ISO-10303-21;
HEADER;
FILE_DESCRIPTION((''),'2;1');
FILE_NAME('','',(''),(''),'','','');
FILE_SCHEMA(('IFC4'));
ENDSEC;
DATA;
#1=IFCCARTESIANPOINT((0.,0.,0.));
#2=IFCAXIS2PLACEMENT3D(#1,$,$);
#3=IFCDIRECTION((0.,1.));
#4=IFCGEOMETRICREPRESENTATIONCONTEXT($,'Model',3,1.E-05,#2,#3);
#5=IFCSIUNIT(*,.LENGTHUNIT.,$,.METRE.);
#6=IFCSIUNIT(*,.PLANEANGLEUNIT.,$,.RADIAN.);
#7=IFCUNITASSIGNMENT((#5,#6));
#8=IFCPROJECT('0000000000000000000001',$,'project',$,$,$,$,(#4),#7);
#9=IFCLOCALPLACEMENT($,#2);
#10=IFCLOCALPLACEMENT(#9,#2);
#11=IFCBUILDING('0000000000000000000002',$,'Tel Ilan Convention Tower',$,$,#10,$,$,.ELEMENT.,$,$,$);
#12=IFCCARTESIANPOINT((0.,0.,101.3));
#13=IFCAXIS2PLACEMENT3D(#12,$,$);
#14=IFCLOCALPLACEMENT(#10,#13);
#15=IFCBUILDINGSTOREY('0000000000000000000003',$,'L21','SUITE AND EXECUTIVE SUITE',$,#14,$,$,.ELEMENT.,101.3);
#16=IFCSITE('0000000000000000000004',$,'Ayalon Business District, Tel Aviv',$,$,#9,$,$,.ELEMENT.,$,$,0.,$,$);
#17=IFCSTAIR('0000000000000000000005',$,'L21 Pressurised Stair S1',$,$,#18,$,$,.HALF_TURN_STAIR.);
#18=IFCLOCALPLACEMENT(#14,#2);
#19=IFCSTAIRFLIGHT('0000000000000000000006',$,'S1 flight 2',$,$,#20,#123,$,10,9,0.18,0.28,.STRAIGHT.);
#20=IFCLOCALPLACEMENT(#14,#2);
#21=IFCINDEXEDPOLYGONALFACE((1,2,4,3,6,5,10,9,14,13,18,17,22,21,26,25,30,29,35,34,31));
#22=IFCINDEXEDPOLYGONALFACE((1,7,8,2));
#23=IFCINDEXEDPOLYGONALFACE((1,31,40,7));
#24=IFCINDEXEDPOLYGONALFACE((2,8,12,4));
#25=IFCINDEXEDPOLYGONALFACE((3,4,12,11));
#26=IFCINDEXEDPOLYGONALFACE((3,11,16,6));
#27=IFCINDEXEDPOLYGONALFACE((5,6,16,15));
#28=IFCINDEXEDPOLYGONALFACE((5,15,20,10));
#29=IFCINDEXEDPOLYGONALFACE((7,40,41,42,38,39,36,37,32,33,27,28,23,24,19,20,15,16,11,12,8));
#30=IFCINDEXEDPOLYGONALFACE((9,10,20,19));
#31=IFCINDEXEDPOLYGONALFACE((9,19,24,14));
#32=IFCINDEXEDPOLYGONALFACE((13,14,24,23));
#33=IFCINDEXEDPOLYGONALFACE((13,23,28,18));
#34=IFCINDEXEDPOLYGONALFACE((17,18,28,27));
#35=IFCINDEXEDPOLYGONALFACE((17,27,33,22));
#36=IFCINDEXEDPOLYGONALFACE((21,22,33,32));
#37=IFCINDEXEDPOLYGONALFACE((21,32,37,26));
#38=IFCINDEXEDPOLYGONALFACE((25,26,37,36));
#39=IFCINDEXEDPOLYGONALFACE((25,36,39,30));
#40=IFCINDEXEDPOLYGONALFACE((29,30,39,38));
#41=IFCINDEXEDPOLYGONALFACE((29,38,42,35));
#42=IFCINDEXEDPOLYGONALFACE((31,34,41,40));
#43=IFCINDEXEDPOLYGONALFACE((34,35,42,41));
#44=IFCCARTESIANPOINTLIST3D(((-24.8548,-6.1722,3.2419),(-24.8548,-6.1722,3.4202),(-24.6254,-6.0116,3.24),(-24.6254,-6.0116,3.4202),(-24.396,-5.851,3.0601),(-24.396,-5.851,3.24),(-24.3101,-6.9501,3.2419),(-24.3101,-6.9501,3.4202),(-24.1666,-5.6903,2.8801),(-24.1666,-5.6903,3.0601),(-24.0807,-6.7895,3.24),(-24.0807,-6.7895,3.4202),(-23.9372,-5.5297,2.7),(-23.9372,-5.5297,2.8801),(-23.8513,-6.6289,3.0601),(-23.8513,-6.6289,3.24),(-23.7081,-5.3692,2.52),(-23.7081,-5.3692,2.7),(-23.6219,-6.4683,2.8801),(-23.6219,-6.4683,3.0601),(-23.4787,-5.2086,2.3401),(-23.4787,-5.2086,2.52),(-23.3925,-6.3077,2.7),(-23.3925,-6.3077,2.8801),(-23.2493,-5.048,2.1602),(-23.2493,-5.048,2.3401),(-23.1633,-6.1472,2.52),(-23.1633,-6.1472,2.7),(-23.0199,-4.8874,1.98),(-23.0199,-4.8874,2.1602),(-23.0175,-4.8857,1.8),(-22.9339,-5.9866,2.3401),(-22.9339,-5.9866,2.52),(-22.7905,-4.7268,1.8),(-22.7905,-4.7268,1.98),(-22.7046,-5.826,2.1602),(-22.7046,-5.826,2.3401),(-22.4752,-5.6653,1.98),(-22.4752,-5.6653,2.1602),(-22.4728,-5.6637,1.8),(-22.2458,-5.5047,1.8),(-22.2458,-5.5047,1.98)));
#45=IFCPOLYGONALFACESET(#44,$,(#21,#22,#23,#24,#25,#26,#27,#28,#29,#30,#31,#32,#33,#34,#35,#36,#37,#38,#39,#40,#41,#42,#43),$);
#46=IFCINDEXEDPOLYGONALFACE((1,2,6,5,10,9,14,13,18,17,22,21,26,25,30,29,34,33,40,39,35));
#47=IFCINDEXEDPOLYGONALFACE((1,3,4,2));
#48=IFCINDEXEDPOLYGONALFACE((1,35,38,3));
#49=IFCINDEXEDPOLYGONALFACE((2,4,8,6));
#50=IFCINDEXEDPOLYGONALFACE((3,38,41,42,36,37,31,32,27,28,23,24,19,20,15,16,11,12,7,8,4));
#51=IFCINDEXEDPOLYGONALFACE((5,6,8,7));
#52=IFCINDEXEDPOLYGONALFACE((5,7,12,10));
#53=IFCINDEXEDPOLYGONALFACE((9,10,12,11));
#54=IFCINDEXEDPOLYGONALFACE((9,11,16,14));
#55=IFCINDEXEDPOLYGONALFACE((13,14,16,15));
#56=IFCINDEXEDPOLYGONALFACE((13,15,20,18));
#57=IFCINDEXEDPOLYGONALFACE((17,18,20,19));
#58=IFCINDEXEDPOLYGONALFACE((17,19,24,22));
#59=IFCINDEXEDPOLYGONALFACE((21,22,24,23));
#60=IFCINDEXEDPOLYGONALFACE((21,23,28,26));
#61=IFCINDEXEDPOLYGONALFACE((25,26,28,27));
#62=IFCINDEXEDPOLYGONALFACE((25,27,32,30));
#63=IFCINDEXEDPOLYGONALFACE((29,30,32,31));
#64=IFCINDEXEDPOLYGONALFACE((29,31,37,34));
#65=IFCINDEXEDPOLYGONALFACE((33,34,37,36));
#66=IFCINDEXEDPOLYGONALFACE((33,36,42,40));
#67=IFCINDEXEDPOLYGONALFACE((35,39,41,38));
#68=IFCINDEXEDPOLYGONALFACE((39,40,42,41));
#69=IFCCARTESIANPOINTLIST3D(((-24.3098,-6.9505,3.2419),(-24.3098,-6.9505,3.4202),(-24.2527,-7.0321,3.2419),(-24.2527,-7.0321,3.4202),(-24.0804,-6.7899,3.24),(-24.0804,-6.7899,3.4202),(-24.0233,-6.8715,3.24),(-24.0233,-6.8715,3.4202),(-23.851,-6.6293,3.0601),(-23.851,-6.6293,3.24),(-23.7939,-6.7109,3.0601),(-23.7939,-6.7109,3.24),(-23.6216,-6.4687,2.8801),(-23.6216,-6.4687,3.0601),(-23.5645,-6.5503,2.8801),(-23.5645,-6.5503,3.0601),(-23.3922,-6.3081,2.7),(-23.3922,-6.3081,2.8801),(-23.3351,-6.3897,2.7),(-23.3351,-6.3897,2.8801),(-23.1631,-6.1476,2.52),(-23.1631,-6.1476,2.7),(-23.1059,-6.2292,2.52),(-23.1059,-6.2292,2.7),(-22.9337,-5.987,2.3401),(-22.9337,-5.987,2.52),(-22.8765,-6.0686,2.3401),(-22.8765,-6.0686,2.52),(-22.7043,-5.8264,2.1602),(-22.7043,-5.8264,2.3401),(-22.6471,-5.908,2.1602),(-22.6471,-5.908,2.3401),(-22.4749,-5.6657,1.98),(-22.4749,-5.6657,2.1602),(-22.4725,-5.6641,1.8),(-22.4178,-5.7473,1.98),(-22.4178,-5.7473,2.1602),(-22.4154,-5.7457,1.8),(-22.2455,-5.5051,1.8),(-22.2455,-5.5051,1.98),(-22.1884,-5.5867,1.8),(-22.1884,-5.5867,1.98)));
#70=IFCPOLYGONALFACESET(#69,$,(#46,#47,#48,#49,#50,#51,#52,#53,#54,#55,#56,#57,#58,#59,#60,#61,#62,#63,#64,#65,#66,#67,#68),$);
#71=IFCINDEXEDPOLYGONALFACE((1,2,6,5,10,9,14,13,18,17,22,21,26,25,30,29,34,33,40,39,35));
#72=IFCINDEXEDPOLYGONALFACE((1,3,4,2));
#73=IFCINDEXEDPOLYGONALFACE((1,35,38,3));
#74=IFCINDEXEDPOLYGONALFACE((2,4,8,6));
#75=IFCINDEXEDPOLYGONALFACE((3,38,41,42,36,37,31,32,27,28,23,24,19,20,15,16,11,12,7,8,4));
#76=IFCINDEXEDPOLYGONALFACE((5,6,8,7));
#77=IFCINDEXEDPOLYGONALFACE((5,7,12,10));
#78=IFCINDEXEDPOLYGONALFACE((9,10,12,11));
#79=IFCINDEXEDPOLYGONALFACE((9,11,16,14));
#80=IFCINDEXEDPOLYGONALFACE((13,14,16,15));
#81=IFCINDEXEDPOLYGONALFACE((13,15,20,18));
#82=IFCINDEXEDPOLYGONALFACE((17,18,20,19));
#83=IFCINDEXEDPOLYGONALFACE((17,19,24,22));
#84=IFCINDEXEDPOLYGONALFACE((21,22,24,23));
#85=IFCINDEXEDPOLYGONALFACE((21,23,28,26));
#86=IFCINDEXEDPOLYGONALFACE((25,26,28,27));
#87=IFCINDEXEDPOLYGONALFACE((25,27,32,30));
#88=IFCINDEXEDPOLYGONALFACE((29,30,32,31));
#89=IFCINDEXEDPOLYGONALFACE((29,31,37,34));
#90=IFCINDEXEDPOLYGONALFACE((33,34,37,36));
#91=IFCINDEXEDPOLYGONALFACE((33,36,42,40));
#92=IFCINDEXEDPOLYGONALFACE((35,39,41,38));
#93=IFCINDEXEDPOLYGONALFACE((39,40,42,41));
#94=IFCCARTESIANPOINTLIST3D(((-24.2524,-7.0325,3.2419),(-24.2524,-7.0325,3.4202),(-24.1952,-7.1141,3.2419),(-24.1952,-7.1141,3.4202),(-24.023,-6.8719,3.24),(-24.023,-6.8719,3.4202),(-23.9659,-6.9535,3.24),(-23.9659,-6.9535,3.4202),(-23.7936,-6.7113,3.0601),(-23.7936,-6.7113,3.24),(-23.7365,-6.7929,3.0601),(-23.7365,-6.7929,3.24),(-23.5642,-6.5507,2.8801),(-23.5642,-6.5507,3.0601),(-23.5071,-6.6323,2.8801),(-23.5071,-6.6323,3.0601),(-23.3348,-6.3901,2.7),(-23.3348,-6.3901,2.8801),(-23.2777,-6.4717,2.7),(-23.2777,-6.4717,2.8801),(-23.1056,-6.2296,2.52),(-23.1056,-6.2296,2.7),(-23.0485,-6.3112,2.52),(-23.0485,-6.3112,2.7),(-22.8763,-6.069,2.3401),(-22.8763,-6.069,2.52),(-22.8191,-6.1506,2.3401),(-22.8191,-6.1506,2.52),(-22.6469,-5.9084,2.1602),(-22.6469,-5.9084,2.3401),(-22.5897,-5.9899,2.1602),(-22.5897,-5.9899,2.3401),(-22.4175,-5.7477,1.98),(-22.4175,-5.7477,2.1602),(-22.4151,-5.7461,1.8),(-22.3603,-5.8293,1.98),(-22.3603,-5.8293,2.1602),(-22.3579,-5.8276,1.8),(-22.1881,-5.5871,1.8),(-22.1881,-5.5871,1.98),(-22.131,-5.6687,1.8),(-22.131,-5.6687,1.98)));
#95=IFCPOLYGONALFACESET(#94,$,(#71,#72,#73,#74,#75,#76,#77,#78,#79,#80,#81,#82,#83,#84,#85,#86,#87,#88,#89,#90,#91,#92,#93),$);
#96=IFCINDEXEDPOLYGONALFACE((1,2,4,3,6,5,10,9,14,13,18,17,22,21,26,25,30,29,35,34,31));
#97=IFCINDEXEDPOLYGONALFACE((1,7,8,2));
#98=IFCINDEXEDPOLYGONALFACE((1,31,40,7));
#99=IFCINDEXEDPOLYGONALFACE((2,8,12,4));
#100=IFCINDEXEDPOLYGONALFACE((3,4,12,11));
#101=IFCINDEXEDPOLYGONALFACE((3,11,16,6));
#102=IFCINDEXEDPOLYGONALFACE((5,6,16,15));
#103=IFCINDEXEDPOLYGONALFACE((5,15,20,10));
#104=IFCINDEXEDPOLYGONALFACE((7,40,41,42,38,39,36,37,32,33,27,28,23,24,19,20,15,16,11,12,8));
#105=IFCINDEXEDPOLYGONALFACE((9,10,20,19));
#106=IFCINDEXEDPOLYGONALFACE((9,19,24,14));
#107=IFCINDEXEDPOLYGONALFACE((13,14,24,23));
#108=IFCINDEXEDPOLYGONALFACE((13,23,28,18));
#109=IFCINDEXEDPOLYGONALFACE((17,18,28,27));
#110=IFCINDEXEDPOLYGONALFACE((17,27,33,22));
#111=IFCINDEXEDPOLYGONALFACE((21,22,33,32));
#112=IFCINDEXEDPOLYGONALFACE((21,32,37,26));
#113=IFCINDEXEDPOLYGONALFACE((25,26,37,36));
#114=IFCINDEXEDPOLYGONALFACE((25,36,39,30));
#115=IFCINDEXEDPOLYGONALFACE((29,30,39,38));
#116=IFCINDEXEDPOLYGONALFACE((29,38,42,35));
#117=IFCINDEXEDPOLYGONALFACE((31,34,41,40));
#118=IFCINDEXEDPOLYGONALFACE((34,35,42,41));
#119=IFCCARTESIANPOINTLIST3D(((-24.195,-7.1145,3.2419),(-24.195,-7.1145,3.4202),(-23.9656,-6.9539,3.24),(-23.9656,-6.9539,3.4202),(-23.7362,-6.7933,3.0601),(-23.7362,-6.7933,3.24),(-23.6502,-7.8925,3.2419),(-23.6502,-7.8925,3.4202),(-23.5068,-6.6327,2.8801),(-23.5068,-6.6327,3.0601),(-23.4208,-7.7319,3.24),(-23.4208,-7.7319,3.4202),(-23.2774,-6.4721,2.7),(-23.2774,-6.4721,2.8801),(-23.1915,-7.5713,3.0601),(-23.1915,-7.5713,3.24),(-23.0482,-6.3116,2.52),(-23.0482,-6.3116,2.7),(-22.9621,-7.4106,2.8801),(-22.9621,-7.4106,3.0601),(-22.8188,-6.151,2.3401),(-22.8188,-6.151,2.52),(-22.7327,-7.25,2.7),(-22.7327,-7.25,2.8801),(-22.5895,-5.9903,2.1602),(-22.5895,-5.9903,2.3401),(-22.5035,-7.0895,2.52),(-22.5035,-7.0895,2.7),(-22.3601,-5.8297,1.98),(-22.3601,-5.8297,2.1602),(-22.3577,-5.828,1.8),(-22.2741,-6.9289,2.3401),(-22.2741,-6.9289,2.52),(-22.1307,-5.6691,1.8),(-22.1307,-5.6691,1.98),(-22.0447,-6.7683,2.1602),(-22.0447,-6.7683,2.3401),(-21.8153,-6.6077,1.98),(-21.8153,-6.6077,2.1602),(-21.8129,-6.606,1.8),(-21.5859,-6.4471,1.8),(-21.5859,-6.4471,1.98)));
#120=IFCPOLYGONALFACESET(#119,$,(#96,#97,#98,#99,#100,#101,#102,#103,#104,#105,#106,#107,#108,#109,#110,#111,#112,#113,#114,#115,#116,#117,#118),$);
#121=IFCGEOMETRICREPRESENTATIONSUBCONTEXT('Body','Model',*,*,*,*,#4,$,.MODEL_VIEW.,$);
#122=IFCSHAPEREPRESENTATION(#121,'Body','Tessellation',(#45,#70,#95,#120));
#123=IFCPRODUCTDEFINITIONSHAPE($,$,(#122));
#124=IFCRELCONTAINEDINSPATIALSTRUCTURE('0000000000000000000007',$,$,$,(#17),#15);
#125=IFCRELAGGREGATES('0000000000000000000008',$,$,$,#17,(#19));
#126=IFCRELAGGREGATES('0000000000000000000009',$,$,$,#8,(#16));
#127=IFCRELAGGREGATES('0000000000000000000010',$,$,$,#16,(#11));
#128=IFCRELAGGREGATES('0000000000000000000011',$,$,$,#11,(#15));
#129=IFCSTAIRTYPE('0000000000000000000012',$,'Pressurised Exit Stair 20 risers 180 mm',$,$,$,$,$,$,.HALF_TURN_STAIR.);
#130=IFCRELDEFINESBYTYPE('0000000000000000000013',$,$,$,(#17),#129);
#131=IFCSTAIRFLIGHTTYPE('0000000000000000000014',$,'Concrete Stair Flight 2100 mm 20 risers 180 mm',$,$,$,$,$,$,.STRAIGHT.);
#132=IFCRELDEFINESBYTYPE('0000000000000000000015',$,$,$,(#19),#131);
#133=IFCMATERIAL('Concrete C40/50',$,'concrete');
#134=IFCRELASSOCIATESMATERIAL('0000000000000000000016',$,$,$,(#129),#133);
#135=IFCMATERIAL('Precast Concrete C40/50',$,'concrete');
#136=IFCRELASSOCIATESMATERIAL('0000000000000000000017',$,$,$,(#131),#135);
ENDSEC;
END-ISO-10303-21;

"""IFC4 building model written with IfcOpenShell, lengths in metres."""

from ifc_helpers import new_model, si_unit, direction, frame, origin, place, context, subcontext, project, spatial, polyline, outline, extrude, material, type_object, element, aggregate, save


model = new_model("IFC4")

# Units and contexts
model_context = context("Model", 3, precision=1e-05, world=origin(), true_north=direction((0.0, 1.0)))
body_context = subcontext(model_context, "Body", "Model", "MODEL_VIEW")
ifc_project = project(units=[si_unit("LENGTHUNIT", "METRE"), si_unit("PLANEANGLEUNIT", "RADIAN")], contexts=[model_context])

# Site, building, storey
site_placement = place(None, origin())
site = spatial("IfcSite", under=ifc_project, at=site_placement, Name="Ayalon Business District, Tel Aviv", CompositionType="ELEMENT", RefElevation=0.0)
building_placement = place(site_placement, origin())
building = spatial("IfcBuilding", under=site, at=building_placement, Name="Tel Ilan Convention Tower", CompositionType="ELEMENT")
storey_placement = place(building_placement, frame((0.0, 0.0, 101.3)))
storey = spatial("IfcBuildingStorey", under=building, at=storey_placement, Name="L21", Description="SUITE AND EXECUTIVE SUITE", CompositionType="ELEMENT", Elevation=101.3)

# Stair, stair flight
ifc_material_1 = material(Name="Concrete C40/50", Category="concrete")
stair_type = type_object("IfcStairType", Name="Pressurised Exit Stair 20 risers 180 mm", PredefinedType="HALF_TURN_STAIR", material=ifc_material_1)
stair_1_placement = place(storey_placement, origin())
stair_1 = element("IfcStair", 1, at=stair_1_placement, inside=storey, type_object=stair_type, Name="L21 Pressurised Stair S1", PredefinedType="HALF_TURN_STAIR")
ifc_material_2 = material(Name="Precast Concrete C40/50", Category="concrete")
stair_flight_type = type_object("IfcStairFlightType", Name="Concrete Stair Flight 2100 mm 20 risers 180 mm", PredefinedType="STRAIGHT", material=ifc_material_2)
stair_flight_1_placement = place(storey_placement, frame((-22.1882, -5.5869, 1.8), z_axis=(0.0, 0.0, 1.0), x_axis=(-0.819152, -0.573576, 0.0)))
stair_flight_1 = element("IfcStairFlight", 2, at=stair_flight_1_placement, type_object=stair_flight_type, Name="S1 flight 2", NumberOfRisers=10, NumberOfTreads=9, PredefinedType="STRAIGHT", RiserHeight=0.18, TreadLength=0.28, context=body_context, shape_type="SweptSolid", body=[
    extrude(outline(polyline([(0.0, 0.0), (0.0, 0.1799), (0.28, 0.1799), (0.28, 0.3601), (0.5601, 0.3601), (0.5601, 0.54), (0.8401, 0.54), (0.8401, 0.72), (1.1201, 0.72), (1.1201, 0.8999), (1.3999, 0.8999), (1.3999, 1.0801), (1.6799, 1.0801), (1.6799, 1.26), (1.96, 1.26), (1.96, 1.4399), (2.24, 1.4399), (2.24, 1.6201), (2.52, 1.6201), (2.52, 1.8), (2.52, 1.4419), (0.2771, 0.0), (0.0, 0.0)])), frame((0.0, -0.1003, 0.0), z_axis=(0.0, -1.0, 0.0), x_axis=(1.0, 0.0, 0.0)), (0.0, 0.0, 1.0), 0.9497),
    extrude(outline(polyline([(0.0, 0.0), (0.0, 0.1799), (0.28, 0.1799), (0.28, 0.3601), (0.5601, 0.3601), (0.5601, 0.54), (0.8401, 0.54), (0.8401, 0.72), (1.1201, 0.72), (1.1201, 0.8999), (1.3999, 0.8999), (1.3999, 1.0801), (1.6799, 1.0801), (1.6799, 1.26), (1.96, 1.26), (1.96, 1.4399), (2.24, 1.4399), (2.24, 1.6201), (2.52, 1.6201), (2.52, 1.8), (2.52, 1.4419), (0.2771, 0.0), (0.0, 0.0)])), frame((0.0, -0.0002, 0.0), z_axis=(0.0, -1.0, 0.0), x_axis=(1.0, 0.0, 0.0)), (0.0, 0.0, 1.0), 0.0996),
    extrude(outline(polyline([(0.0, 0.0), (0.0, 0.1799), (0.28, 0.1799), (0.28, 0.3601), (0.5601, 0.3601), (0.5601, 0.54), (0.8401, 0.54), (0.8401, 0.72), (1.1201, 0.72), (1.1201, 0.8999), (1.3999, 0.8999), (1.3999, 1.0801), (1.6799, 1.0801), (1.6799, 1.26), (1.96, 1.26), (1.96, 1.4399), (2.24, 1.4399), (2.24, 1.6201), (2.52, 1.6201), (2.52, 1.8), (2.52, 1.4419), (0.2771, 0.0), (0.0, 0.0)])), frame((0.0, 0.0999, 0.0), z_axis=(0.0, -1.0, 0.0), x_axis=(1.0, 0.0, 0.0)), (0.0, 0.0, 1.0), 0.0996),
    extrude(outline(polyline([(0.0, 0.0), (0.0, 0.1799), (0.28, 0.1799), (0.28, 0.3601), (0.5601, 0.3601), (0.5601, 0.54), (0.8401, 0.54), (0.8401, 0.72), (1.1201, 0.72), (1.1201, 0.8999), (1.3999, 0.8999), (1.3999, 1.0801), (1.6799, 1.0801), (1.6799, 1.26), (1.96, 1.26), (1.96, 1.4399), (2.24, 1.4399), (2.24, 1.6201), (2.52, 1.6201), (2.52, 1.8), (2.52, 1.4419), (0.2771, 0.0), (0.0, 0.0)])), frame((0.0, 1.05, 0.0), z_axis=(0.0, -1.0, 0.0), x_axis=(1.0, 0.0, 0.0)), (0.0, 0.0, 1.0), 0.9497),
])
aggregate(stair_1, [stair_flight_1])

save(model, "model.ifc")
